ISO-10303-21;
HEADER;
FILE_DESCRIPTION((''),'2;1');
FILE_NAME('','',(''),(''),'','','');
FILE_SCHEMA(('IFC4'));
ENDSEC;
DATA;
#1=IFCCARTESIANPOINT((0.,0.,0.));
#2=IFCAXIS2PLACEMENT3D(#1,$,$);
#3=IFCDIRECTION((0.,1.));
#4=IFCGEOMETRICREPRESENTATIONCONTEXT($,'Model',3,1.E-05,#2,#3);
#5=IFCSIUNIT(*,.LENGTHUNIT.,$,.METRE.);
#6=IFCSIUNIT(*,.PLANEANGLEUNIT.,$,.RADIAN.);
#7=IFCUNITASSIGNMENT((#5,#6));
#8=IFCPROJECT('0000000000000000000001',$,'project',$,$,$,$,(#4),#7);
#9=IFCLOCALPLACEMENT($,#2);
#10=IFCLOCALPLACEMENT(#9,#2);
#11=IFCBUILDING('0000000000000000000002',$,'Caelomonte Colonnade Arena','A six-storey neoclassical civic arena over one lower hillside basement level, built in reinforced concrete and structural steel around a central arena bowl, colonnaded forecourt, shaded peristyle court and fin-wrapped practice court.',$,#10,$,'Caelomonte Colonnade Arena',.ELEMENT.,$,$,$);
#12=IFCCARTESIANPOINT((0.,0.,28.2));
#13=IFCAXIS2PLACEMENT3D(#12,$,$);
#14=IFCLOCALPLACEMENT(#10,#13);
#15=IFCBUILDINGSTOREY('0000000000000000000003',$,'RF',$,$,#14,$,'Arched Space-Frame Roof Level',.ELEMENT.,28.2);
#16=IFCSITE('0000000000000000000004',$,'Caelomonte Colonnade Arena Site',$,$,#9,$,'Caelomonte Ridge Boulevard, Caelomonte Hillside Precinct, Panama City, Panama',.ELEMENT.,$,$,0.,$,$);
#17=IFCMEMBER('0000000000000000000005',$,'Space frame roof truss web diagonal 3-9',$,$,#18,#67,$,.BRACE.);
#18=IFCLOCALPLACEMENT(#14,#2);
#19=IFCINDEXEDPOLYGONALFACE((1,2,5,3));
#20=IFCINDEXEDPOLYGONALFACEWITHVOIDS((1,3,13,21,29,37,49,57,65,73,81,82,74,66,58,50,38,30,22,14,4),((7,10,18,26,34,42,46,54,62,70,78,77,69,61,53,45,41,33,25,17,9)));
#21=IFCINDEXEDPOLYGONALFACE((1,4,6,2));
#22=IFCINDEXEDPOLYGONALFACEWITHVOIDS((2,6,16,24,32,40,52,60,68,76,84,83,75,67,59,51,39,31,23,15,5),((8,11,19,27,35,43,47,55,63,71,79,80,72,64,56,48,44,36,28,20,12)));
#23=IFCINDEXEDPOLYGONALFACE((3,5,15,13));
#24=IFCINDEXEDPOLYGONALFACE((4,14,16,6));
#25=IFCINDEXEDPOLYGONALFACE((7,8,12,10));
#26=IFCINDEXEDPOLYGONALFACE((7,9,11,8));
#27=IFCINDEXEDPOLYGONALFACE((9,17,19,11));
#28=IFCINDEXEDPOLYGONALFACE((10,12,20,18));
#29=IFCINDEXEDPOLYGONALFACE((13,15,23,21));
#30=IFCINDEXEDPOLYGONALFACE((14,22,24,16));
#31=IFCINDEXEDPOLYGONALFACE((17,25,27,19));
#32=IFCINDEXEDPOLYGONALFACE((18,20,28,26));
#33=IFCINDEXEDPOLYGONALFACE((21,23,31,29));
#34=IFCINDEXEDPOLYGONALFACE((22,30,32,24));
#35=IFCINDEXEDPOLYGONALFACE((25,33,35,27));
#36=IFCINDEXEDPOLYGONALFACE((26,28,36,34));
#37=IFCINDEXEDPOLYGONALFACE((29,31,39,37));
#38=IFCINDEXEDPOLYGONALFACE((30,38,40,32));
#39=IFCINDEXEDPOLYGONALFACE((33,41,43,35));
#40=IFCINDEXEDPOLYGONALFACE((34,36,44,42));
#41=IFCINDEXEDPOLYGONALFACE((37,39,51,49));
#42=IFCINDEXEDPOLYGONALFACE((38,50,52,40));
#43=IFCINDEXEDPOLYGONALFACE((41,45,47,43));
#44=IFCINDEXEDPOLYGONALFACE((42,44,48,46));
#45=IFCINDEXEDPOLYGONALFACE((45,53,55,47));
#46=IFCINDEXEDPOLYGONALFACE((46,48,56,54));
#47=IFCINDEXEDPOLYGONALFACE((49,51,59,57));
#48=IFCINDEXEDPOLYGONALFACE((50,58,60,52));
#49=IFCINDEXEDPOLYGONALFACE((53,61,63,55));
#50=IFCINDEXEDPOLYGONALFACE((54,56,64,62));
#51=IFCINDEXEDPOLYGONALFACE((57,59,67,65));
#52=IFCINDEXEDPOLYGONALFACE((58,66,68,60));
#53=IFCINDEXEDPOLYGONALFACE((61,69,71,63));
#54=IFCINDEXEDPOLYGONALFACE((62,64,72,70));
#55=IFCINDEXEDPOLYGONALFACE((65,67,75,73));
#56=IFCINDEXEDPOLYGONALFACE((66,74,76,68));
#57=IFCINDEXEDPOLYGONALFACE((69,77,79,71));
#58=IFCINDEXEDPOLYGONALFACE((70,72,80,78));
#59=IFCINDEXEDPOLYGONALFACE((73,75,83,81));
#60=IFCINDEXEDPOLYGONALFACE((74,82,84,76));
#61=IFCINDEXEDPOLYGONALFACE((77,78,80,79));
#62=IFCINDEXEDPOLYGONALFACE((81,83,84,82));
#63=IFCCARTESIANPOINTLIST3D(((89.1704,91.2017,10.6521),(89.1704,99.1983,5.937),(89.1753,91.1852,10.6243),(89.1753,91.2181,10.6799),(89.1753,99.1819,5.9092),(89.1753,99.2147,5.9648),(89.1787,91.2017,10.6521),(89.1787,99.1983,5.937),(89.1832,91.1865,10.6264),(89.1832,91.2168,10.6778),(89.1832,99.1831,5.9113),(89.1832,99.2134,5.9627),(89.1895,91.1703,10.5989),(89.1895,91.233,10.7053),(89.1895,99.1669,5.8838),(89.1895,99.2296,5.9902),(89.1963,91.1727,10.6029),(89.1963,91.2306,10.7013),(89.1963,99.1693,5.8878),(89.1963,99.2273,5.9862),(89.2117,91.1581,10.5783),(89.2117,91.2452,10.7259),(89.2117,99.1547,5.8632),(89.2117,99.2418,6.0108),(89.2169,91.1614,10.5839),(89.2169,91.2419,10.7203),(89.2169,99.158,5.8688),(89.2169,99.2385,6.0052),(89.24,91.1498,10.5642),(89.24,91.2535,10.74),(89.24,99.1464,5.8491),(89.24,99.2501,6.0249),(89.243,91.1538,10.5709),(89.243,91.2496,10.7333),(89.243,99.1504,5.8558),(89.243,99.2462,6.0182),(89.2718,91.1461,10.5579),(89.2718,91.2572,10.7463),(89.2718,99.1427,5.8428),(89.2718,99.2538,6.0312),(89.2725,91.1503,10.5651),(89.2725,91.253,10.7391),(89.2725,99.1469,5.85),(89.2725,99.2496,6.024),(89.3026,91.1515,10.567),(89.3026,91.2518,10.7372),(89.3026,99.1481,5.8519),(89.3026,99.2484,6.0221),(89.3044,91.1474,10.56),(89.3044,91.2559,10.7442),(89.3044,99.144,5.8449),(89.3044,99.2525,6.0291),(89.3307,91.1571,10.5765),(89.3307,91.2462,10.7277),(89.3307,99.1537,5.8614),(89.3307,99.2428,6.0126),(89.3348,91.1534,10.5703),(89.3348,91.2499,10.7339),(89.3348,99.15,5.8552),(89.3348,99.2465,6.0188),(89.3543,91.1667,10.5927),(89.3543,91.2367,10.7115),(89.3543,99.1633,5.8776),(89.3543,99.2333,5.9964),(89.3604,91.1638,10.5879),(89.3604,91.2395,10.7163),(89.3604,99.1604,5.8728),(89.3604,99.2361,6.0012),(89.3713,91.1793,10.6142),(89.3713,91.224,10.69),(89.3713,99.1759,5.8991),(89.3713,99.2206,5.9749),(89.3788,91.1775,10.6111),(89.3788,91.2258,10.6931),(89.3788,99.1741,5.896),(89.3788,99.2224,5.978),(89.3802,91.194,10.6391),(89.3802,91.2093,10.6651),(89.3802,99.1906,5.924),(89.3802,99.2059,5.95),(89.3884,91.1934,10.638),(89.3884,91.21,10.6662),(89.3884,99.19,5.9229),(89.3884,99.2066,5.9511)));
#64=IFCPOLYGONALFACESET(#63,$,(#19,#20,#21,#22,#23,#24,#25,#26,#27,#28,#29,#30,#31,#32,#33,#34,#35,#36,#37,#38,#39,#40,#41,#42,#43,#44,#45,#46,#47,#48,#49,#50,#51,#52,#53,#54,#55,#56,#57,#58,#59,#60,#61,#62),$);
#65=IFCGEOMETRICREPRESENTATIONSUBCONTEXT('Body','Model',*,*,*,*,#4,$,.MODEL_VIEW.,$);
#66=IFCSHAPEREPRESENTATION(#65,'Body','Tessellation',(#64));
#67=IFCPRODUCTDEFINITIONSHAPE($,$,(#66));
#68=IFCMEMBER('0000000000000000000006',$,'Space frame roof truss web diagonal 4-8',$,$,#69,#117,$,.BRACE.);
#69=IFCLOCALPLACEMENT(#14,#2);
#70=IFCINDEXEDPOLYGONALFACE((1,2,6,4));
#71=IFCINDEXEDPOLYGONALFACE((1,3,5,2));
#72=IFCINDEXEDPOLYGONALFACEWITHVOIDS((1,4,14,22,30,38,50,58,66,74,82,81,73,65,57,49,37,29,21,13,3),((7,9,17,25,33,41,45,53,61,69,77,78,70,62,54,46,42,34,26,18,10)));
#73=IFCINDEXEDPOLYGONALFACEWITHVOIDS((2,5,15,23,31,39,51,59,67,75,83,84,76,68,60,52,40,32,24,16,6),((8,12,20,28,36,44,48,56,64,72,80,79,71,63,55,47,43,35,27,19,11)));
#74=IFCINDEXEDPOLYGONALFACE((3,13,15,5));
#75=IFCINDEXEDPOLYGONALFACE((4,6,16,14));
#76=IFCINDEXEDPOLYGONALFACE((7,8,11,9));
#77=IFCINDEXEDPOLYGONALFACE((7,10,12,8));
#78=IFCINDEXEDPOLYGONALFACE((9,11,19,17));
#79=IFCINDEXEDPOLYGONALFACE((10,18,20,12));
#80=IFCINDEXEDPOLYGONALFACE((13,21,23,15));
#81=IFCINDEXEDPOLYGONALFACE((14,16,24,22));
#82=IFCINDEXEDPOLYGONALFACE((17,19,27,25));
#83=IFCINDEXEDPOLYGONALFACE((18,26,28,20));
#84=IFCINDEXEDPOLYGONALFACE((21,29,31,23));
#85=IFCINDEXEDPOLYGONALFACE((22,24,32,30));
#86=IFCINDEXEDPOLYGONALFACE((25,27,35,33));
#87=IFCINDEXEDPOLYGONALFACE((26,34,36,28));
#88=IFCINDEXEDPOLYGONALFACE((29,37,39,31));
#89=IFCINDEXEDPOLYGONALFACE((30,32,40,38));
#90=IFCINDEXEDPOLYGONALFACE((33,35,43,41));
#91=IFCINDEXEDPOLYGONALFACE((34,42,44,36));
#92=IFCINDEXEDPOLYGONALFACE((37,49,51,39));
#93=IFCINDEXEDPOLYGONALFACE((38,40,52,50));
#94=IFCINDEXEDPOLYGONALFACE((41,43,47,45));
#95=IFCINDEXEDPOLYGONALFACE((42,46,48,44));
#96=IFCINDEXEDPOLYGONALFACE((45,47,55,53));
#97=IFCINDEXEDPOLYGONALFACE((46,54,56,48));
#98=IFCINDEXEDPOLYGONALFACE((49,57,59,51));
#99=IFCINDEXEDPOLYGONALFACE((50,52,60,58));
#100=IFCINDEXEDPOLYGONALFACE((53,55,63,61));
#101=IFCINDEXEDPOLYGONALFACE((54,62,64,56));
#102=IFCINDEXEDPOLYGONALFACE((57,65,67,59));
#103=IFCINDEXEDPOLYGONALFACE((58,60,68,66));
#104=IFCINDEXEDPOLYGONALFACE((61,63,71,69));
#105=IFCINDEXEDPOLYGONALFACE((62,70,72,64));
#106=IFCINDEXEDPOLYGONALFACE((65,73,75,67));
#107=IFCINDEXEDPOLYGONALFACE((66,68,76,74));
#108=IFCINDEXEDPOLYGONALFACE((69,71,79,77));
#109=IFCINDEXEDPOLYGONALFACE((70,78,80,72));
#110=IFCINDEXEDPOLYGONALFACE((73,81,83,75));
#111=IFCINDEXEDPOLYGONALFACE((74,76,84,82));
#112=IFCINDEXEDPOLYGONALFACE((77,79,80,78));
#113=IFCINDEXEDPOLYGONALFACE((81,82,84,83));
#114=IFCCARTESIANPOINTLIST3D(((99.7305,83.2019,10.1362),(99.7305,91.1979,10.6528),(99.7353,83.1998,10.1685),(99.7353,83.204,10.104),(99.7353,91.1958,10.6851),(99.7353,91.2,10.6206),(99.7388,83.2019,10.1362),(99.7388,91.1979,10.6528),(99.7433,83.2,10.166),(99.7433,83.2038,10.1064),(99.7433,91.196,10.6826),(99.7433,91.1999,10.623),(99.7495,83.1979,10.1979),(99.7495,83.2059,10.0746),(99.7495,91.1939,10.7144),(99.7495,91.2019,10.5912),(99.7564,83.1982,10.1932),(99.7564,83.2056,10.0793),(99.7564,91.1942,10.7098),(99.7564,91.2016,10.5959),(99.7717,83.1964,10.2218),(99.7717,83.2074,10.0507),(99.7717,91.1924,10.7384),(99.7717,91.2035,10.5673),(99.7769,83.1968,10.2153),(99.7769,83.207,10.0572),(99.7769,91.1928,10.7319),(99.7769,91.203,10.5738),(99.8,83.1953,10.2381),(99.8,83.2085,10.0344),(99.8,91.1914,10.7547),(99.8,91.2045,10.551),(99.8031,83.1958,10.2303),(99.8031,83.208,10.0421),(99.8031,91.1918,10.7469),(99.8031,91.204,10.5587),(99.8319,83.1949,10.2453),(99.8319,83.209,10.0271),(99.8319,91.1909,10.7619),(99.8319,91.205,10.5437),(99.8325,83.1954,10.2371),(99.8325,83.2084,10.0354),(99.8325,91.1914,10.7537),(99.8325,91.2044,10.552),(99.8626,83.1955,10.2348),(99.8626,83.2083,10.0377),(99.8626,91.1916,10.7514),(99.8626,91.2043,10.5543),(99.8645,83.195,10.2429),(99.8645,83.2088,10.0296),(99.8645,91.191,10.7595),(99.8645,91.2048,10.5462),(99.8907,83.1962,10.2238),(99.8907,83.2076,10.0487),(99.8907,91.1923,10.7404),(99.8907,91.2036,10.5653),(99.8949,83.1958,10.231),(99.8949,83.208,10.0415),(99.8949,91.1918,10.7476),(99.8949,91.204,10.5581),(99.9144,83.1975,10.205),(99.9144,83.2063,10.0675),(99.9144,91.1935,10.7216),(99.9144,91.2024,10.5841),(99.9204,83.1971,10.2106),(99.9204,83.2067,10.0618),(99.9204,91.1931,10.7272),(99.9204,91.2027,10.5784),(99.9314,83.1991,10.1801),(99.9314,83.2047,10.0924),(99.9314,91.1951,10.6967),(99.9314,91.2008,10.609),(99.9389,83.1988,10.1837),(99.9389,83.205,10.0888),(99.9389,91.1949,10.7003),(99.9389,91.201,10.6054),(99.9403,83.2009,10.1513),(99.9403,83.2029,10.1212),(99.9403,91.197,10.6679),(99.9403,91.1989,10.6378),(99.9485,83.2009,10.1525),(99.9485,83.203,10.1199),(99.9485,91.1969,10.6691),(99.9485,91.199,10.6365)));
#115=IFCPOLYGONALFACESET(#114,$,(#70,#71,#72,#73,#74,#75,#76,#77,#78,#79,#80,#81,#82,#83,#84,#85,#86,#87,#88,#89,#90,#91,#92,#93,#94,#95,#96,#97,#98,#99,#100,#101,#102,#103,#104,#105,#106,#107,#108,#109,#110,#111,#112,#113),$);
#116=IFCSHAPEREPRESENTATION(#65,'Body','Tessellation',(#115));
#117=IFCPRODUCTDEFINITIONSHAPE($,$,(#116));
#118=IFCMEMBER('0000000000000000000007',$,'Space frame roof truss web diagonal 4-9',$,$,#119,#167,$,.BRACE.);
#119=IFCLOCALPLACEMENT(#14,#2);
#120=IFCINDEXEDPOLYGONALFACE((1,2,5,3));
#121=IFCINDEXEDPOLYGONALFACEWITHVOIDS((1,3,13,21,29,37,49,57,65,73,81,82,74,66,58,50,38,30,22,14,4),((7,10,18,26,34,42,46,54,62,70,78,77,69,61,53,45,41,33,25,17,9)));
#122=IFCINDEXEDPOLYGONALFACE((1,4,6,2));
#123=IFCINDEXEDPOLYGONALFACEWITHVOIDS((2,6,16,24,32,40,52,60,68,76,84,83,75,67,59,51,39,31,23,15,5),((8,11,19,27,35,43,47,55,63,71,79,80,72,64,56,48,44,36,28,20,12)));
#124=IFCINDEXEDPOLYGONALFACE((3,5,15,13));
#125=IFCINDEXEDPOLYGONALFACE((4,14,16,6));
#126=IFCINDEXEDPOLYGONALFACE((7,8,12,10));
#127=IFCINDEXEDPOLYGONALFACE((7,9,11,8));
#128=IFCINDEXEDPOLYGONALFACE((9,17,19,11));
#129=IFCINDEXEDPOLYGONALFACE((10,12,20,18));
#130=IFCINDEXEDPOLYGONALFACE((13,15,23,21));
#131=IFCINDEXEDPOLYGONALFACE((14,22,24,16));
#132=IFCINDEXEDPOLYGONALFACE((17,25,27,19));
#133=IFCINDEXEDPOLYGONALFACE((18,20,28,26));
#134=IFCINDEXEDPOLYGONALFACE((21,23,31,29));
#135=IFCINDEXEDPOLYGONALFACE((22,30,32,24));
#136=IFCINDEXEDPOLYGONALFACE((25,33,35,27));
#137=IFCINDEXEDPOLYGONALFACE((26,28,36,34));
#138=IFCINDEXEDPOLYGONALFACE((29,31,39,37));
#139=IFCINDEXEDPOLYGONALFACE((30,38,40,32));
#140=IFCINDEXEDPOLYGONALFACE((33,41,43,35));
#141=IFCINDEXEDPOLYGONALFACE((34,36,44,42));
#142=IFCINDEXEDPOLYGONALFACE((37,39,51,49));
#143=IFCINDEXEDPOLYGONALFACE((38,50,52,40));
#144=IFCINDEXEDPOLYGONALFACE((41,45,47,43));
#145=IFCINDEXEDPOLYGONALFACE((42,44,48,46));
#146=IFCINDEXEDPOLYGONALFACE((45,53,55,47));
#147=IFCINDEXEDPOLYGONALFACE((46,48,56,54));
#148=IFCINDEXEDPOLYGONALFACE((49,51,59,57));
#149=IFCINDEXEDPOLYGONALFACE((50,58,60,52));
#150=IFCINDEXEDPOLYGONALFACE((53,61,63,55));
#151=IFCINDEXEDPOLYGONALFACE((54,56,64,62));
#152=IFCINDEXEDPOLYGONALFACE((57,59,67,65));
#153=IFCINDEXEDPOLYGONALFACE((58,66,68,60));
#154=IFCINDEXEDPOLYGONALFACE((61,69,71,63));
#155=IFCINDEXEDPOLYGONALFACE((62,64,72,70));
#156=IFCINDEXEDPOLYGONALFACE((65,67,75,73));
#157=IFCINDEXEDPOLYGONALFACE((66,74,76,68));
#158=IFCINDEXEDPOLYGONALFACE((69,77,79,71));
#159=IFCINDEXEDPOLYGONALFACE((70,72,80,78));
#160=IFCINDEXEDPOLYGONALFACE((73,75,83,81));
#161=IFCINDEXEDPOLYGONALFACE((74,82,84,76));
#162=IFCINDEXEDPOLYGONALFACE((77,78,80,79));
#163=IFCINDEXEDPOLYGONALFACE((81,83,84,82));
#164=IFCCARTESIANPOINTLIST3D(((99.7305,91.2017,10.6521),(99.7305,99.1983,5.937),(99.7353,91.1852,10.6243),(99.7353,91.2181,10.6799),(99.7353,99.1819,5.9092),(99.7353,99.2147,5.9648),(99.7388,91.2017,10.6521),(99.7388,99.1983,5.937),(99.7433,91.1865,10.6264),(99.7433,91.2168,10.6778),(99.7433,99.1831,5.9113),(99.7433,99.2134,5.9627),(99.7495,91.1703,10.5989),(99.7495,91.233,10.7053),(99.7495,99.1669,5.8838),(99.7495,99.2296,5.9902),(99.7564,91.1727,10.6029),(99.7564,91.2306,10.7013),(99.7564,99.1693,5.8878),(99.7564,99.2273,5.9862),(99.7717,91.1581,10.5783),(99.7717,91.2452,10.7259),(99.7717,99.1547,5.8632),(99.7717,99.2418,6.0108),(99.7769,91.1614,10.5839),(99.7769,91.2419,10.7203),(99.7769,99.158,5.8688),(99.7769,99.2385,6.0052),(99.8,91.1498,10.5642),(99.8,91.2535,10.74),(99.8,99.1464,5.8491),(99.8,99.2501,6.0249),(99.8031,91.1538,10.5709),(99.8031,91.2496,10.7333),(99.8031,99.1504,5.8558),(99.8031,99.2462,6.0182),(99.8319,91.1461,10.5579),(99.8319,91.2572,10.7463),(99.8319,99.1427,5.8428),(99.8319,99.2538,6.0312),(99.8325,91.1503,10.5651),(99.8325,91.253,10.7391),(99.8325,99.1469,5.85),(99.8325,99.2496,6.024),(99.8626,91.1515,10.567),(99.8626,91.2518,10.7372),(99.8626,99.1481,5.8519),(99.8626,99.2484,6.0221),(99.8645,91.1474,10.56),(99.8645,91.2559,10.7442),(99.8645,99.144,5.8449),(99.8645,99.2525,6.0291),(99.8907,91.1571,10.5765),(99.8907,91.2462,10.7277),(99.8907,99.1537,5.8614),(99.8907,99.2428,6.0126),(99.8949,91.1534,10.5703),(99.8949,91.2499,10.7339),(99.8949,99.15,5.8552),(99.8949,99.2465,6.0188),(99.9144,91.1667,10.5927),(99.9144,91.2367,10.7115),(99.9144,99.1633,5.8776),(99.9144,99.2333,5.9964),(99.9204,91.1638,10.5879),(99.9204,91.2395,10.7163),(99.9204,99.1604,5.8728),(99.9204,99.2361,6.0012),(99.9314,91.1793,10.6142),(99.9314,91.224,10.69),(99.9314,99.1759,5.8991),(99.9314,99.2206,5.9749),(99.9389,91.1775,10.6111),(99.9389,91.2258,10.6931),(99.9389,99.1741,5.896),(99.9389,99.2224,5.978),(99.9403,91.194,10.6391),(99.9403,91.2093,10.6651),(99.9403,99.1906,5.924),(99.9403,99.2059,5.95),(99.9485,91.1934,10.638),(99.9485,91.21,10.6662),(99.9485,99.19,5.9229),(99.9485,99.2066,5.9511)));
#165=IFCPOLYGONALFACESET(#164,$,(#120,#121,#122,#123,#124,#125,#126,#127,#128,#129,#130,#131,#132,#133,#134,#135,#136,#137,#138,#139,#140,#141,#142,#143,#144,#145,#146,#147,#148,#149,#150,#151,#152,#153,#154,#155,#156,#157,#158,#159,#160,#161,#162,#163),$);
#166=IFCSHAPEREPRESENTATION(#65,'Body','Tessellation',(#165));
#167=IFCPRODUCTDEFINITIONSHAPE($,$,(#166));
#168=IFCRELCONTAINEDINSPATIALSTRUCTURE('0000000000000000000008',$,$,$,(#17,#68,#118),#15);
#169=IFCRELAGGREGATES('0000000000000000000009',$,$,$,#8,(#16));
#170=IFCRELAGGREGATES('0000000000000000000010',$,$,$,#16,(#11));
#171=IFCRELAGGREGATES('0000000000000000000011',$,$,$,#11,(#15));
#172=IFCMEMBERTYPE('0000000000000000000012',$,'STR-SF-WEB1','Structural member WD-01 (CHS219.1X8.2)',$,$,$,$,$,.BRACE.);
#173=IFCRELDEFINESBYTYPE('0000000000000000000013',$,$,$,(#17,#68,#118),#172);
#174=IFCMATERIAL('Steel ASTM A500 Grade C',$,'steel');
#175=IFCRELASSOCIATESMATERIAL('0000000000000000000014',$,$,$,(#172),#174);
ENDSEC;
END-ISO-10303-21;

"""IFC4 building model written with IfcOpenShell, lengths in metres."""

from ifc_helpers import new_model, si_unit, direction, frame, origin, origin_2d, place, context, subcontext, project, spatial, hollow_circle, extrude, material, material_profile, profile_set, type_object, element, save


model = new_model("IFC4")

# Units and contexts
model_context = context("Model", 3, precision=1e-05, world=origin(), true_north=direction((0.0, 1.0)))
body_context = subcontext(model_context, "Body", "Model", "MODEL_VIEW")
ifc_project = project(units=[si_unit("LENGTHUNIT", "METRE"), si_unit("PLANEANGLEUNIT", "RADIAN")], contexts=[model_context])

# Site, building, storey
site_placement = place(None, origin())
site = spatial("IfcSite", under=ifc_project, at=site_placement, Name="Caelomonte Colonnade Arena Site", LongName="Caelomonte Ridge Boulevard, Caelomonte Hillside Precinct, Panama City, Panama", CompositionType="ELEMENT", RefElevation=0.0)
building_placement = place(site_placement, origin())
building = spatial("IfcBuilding", under=site, at=building_placement, Name="Caelomonte Colonnade Arena", Description="A six-storey neoclassical civic arena over one lower hillside basement level, built in reinforced concrete and structural steel around a central arena bowl, colonnaded forecourt, shaded peristyle court and fin-wrapped practice court.", LongName="Caelomonte Colonnade Arena", CompositionType="ELEMENT")
storey_placement = place(building_placement, frame((0.0, 0.0, 28.2)))
storey = spatial("IfcBuildingStorey", under=building, at=storey_placement, Name="RF", LongName="Arched Space-Frame Roof Level", CompositionType="ELEMENT", Elevation=28.2)

# Members
ifc_material_1 = material(Name="Steel ASTM A500 Grade C", Category="steel")
ifc_material_profile_1 = material_profile(ifc_material_1, hollow_circle(Radius=0.1096, WallThickness=0.0083, at=origin_2d()), Name="CHS219.1X8.2")
ifc_profile_set_1 = profile_set([ifc_material_profile_1], Name="Steel ASTM A500 Grade C")
member_type_1 = type_object("IfcMemberType", Name="STR-SF-WEB1", Description="Structural member WD-01 (CHS219.1X8.2)", PredefinedType="BRACE", material=ifc_profile_set_1)
member_1_placement = place(storey_placement, frame((89.28, 91.2017, 10.6521), z_axis=(0.0, 0.861406, -0.507917), x_axis=(-1.0, 0.0, 0.0)))
element("IfcMember", 1, at=member_1_placement, inside=storey, type_object=member_type_1, Name="Space frame roof truss web diagonal 3-9", PredefinedType="BRACE", context=body_context, shape_type="SweptSolid", body=[
    extrude(hollow_circle(Radius=0.1096, WallThickness=0.0083, at=origin_2d()), origin(), (0.0, 0.0, 1.0), 9.2832),
])
member_2_placement = place(storey_placement, frame((99.8401, 83.2019, 10.1362), z_axis=(0.0, 0.997919, 0.064472), x_axis=(-1.0, 0.0, 0.0)))
element("IfcMember", 2, at=member_2_placement, inside=storey, type_object=member_type_1, Name="Space frame roof truss web diagonal 4-8", PredefinedType="BRACE", context=body_context, shape_type="SweptSolid", body=[
    extrude(hollow_circle(Radius=0.1096, WallThickness=0.0083, at=origin_2d()), origin(), (0.0, 0.0, 1.0), 8.0127),
])
member_3_placement = place(storey_placement, frame((99.8401, 91.2017, 10.6521), z_axis=(0.0, 0.861406, -0.507917), x_axis=(-1.0, 0.0, 0.0)))
element("IfcMember", 3, at=member_3_placement, inside=storey, type_object=member_type_1, Name="Space frame roof truss web diagonal 4-9", PredefinedType="BRACE", context=body_context, shape_type="SweptSolid", body=[
    extrude(hollow_circle(Radius=0.1096, WallThickness=0.0083, at=origin_2d()), origin(), (0.0, 0.0, 1.0), 9.2832),
])

save(model, "model.ifc")
